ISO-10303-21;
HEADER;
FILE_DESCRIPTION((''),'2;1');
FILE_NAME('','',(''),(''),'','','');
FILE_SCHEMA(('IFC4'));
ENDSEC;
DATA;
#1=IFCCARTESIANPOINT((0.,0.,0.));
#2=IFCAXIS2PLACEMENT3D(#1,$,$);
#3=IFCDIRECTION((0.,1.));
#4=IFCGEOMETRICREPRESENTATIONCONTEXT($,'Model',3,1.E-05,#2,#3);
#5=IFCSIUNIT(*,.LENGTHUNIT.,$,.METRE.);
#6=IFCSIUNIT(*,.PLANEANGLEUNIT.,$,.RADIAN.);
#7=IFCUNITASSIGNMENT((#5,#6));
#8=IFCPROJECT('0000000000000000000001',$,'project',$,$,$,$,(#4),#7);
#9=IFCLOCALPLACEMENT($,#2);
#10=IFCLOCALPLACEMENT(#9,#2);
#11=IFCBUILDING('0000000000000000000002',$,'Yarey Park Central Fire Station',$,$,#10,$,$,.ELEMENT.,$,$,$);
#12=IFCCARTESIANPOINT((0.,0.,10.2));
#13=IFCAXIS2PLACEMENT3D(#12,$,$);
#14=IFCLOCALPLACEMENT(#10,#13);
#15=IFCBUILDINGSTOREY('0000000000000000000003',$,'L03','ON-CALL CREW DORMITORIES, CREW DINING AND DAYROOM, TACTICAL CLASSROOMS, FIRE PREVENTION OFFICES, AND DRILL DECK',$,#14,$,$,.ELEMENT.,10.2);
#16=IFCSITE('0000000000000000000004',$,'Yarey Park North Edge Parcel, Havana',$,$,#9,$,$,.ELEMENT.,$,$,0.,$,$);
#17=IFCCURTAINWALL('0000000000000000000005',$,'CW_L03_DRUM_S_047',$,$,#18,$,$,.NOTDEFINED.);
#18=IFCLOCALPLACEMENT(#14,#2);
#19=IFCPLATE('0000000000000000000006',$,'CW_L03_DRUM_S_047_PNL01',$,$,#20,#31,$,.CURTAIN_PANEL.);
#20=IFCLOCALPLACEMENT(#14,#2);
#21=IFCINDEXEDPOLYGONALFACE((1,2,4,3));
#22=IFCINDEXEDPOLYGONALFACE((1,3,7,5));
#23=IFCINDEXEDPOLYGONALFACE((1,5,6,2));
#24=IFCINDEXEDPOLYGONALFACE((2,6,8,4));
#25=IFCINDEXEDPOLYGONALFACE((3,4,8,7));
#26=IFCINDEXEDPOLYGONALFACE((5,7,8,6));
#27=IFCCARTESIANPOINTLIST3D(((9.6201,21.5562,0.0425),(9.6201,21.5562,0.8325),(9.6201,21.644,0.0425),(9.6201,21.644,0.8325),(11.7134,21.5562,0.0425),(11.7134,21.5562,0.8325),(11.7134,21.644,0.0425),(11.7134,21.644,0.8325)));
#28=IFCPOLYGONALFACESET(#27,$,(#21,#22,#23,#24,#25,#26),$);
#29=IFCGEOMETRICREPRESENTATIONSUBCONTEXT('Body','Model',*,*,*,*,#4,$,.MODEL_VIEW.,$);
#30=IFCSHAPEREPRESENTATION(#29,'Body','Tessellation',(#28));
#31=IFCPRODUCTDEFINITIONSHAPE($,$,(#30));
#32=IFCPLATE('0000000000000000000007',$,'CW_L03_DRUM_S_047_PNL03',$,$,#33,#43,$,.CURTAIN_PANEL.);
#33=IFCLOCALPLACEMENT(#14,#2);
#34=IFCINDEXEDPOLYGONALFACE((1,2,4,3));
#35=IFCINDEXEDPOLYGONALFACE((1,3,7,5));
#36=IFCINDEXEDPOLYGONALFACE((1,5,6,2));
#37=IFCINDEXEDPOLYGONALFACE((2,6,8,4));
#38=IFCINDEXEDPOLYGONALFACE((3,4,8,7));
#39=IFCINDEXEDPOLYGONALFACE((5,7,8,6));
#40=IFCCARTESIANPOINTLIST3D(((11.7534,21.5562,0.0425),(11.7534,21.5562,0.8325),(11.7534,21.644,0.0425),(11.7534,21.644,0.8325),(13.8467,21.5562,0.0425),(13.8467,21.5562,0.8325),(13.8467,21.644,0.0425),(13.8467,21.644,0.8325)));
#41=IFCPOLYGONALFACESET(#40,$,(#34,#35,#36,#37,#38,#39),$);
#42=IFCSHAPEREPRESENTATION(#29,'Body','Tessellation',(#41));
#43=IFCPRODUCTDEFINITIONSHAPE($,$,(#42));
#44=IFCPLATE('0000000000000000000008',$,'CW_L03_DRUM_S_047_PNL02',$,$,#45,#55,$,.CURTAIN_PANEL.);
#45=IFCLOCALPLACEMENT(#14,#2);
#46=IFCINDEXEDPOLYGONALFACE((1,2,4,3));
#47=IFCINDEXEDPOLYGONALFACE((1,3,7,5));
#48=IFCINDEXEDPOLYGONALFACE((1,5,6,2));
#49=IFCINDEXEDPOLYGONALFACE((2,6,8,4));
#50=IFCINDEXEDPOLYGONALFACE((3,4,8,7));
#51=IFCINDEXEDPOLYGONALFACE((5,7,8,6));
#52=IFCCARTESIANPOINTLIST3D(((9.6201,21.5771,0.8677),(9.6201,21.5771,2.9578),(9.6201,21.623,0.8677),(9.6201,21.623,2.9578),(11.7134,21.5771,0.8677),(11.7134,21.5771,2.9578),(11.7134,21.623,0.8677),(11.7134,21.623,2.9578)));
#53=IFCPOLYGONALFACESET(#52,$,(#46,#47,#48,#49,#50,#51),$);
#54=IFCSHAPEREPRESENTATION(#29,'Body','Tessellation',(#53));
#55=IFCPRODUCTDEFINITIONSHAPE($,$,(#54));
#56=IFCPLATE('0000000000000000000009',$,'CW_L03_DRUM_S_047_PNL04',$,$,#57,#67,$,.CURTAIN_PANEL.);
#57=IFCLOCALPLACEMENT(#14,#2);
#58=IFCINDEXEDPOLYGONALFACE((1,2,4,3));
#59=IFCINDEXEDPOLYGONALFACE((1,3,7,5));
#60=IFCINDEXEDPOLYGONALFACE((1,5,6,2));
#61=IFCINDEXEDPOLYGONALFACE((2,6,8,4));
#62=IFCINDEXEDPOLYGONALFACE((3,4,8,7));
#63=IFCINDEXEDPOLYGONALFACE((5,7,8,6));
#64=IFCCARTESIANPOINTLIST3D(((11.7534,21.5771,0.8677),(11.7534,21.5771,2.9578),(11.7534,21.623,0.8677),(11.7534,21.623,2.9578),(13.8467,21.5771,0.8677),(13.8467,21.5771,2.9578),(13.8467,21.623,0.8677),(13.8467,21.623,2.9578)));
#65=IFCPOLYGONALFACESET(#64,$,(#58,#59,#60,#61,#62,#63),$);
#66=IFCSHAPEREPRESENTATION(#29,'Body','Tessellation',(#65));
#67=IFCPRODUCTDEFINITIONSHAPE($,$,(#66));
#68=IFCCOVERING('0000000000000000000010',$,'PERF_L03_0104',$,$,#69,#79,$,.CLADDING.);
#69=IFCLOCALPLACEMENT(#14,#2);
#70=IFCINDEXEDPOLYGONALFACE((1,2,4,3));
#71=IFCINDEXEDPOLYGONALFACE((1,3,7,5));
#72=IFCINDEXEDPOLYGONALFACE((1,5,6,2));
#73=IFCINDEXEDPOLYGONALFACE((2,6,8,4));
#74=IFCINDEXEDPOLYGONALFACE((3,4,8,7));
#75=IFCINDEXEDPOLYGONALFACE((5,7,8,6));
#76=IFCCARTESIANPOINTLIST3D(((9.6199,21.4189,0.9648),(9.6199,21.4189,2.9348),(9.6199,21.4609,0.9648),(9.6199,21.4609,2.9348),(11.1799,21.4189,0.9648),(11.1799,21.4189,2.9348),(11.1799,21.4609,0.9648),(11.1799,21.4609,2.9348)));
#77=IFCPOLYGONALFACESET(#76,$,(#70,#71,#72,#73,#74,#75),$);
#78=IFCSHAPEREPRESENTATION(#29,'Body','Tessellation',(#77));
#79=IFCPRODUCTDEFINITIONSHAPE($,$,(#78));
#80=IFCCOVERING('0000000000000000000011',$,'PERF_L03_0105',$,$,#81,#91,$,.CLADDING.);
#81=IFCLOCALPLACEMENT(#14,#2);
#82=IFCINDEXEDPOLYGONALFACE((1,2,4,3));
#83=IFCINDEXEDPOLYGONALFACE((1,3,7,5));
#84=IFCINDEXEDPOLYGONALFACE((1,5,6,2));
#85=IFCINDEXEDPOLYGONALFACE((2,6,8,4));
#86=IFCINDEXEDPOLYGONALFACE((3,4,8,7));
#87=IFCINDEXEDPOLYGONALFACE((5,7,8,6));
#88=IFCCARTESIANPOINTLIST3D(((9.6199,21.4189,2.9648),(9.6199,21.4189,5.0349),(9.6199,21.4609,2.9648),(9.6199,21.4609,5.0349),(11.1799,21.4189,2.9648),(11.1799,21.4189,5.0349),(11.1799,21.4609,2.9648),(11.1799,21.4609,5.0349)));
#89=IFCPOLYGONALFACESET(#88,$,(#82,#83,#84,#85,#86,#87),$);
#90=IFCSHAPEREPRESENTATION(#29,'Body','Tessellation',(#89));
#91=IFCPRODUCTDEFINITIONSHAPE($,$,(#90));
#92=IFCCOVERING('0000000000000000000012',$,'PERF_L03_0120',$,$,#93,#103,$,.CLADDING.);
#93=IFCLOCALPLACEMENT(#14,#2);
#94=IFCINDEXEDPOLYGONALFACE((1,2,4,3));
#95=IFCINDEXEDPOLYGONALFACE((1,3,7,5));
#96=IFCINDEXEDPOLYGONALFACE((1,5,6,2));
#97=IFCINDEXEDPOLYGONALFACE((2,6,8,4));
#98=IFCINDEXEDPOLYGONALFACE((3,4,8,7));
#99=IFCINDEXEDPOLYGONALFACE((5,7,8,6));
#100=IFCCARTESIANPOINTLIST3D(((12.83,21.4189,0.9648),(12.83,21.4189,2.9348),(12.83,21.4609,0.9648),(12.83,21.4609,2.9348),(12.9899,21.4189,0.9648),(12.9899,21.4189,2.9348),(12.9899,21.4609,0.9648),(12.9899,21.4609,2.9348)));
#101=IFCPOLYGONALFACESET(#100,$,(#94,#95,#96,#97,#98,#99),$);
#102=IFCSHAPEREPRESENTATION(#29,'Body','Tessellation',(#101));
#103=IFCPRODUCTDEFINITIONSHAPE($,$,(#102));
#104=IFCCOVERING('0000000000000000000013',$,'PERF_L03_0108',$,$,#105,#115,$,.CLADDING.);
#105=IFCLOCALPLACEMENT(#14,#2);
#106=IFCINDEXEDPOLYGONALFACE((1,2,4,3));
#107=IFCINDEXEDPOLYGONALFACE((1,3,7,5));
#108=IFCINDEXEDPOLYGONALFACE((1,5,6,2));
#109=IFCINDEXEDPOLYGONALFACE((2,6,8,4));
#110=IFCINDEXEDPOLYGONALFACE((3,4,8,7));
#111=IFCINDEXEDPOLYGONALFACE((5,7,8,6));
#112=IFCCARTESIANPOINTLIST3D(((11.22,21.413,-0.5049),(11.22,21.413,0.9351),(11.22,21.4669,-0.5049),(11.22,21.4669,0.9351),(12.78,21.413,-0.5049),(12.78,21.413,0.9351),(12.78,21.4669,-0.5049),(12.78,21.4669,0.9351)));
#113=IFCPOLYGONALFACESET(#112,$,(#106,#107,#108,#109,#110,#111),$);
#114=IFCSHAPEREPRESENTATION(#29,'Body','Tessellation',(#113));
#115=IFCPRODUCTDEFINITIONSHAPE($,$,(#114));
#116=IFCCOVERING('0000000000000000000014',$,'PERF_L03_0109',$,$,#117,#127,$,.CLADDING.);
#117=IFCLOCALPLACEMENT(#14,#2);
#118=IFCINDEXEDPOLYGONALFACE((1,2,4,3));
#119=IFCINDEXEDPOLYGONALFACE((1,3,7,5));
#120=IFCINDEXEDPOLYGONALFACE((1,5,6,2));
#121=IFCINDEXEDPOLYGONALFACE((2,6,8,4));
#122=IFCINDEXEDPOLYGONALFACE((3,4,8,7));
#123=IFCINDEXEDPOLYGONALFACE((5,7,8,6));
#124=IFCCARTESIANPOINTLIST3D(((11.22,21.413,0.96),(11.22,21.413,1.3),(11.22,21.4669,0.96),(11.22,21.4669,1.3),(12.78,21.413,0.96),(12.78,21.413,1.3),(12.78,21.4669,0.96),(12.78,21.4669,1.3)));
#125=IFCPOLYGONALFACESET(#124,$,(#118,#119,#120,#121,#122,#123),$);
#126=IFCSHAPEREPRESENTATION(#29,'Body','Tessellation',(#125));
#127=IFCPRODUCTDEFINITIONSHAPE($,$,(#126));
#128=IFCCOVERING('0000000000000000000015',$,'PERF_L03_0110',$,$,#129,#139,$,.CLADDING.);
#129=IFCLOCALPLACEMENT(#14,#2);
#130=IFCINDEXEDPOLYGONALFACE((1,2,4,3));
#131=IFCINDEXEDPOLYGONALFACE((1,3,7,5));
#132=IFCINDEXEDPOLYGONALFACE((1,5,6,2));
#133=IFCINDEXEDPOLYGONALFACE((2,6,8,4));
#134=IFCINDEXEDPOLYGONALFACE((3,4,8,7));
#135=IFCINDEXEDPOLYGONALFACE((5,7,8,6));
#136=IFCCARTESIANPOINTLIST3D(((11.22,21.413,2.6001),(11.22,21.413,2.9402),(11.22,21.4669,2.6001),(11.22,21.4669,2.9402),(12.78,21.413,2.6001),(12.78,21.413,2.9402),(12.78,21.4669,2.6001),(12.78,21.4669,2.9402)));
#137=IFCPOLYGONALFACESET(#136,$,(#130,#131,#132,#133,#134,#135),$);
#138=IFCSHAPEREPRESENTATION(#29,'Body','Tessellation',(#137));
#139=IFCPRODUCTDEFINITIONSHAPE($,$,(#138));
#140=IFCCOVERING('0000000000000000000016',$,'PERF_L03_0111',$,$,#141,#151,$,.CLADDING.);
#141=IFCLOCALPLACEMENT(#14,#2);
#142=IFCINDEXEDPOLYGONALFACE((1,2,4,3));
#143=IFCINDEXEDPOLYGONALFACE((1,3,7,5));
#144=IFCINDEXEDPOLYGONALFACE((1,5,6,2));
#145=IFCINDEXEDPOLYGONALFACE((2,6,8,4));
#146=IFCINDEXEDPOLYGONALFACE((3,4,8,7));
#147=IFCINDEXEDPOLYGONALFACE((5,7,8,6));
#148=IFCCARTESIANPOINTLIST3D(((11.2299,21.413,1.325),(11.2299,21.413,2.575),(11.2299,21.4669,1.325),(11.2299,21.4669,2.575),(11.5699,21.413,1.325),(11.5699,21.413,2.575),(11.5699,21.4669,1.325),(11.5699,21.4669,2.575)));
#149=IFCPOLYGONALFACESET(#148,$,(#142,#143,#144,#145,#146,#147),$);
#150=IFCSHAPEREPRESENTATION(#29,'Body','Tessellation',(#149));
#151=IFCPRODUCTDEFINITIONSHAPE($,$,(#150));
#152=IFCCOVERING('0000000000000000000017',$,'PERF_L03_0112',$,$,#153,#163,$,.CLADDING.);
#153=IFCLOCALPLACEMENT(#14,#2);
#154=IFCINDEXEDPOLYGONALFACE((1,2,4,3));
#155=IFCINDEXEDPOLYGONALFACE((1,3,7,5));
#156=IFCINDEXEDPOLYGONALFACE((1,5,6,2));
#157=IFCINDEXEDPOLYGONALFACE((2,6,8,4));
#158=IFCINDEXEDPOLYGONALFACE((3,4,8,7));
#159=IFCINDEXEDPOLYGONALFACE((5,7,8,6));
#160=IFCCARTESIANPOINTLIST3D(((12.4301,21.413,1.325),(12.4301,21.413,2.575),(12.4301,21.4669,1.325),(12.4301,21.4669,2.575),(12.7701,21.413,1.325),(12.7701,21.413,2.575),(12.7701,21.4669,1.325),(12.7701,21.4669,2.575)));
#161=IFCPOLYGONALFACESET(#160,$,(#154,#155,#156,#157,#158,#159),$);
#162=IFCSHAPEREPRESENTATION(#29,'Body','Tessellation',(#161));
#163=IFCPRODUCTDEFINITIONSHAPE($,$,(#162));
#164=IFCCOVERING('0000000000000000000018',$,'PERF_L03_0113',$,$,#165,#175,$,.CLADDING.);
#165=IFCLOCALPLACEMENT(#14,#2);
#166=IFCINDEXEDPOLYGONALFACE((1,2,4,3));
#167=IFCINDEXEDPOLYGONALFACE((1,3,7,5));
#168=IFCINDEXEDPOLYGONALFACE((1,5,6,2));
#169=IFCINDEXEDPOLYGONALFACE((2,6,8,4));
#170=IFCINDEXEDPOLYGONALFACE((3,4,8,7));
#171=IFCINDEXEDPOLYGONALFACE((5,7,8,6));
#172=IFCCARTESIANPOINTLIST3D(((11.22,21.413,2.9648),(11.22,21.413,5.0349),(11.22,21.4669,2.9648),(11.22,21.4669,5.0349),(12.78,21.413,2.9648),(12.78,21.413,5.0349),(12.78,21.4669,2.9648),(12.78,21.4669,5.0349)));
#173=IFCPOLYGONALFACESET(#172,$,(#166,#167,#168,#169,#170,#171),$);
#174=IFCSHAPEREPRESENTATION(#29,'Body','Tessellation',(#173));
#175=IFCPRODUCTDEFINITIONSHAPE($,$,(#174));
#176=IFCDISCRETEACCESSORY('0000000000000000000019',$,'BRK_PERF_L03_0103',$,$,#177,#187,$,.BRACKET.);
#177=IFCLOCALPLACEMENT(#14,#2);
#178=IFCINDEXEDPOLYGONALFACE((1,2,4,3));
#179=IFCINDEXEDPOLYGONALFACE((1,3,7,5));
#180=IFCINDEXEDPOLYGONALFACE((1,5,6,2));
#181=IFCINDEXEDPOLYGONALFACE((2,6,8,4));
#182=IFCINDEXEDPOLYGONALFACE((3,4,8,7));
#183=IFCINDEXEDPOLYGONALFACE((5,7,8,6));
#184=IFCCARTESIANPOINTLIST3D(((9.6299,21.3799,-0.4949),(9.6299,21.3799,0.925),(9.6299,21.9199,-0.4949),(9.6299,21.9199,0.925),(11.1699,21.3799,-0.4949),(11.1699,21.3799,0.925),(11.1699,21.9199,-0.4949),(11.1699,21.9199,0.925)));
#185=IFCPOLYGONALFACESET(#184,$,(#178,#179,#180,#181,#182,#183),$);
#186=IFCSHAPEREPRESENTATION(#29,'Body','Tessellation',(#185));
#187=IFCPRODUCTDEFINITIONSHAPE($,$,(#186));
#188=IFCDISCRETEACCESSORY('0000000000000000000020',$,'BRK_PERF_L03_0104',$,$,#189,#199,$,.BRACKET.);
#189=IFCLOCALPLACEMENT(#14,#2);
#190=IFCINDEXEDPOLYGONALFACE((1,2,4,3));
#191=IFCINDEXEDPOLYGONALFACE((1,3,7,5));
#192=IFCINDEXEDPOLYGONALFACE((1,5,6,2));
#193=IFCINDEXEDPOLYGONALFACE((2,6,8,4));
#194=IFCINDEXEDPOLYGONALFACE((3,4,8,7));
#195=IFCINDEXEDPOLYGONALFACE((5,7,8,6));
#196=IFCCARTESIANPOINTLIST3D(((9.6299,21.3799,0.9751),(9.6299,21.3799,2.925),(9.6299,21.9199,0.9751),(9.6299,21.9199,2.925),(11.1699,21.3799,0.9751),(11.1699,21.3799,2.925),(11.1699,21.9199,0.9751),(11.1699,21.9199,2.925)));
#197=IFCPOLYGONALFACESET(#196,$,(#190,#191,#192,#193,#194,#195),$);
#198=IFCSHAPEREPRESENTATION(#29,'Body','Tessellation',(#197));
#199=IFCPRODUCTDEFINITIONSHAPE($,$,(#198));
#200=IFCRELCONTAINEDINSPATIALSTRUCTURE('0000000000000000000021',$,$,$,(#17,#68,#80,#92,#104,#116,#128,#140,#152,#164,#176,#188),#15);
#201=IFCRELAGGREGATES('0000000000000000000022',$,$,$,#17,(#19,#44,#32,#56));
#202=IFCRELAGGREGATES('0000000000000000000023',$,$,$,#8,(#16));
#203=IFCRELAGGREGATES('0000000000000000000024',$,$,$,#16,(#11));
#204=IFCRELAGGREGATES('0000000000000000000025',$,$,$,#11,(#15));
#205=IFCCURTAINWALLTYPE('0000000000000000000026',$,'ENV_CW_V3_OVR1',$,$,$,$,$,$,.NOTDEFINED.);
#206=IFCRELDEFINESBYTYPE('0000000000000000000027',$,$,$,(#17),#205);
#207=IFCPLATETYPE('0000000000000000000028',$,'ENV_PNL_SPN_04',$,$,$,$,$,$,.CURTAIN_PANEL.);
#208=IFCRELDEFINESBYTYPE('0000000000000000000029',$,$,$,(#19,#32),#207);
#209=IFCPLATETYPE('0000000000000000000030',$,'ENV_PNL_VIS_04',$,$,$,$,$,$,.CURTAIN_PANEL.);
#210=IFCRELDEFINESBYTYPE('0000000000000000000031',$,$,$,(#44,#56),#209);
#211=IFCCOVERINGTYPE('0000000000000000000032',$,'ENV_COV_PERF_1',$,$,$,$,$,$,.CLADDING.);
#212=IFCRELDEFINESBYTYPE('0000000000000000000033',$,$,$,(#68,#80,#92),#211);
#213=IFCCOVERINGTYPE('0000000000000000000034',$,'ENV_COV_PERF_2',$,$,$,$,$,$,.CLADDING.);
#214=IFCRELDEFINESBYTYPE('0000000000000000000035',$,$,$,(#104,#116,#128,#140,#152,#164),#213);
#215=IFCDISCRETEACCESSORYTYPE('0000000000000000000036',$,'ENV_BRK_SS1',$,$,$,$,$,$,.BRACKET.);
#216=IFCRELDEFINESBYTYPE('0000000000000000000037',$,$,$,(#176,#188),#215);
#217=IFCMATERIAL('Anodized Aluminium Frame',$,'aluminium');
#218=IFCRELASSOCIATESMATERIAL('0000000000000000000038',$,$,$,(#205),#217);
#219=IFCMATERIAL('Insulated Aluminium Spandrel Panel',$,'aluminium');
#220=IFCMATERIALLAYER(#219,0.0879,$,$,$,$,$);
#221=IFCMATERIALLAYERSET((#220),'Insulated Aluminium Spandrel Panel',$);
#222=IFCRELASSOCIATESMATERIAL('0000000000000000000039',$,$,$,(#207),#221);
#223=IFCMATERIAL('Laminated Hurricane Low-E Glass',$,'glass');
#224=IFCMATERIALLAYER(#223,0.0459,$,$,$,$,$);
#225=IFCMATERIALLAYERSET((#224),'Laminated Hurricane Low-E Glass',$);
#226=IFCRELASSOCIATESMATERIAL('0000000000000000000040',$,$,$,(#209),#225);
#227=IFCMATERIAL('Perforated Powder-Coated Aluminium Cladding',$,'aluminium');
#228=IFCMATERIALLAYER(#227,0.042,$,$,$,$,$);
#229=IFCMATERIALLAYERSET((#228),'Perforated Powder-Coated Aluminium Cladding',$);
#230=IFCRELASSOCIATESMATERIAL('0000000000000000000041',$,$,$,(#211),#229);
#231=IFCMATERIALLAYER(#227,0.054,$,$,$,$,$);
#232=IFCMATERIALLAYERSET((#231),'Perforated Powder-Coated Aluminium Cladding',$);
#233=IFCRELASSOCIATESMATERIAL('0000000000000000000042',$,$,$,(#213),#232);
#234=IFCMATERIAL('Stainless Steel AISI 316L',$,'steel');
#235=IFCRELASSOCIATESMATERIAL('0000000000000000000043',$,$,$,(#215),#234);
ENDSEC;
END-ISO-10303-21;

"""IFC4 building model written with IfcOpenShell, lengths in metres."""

from ifc_helpers import new_model, si_unit, direction, frame, origin, origin_2d, place, context, subcontext, project, spatial, rectangle, extrude, material, layer, layer_set, type_object, element, aggregate, save


model = new_model("IFC4")

# Units and contexts
model_context = context("Model", 3, precision=1e-05, world=origin(), true_north=direction((0.0, 1.0)))
body_context = subcontext(model_context, "Body", "Model", "MODEL_VIEW")
ifc_project = project(units=[si_unit("LENGTHUNIT", "METRE"), si_unit("PLANEANGLEUNIT", "RADIAN")], contexts=[model_context])

# Site, building, storey
site_placement = place(None, origin())
site = spatial("IfcSite", under=ifc_project, at=site_placement, Name="Yarey Park North Edge Parcel, Havana", CompositionType="ELEMENT", RefElevation=0.0)
building_placement = place(site_placement, origin())
building = spatial("IfcBuilding", under=site, at=building_placement, Name="Yarey Park Central Fire Station", CompositionType="ELEMENT")
storey_placement = place(building_placement, frame((0.0, 0.0, 10.2)))
storey = spatial("IfcBuildingStorey", under=building, at=storey_placement, Name="L03", Description="ON-CALL CREW DORMITORIES, CREW DINING AND DAYROOM, TACTICAL CLASSROOMS, FIRE PREVENTION OFFICES, AND DRILL DECK", CompositionType="ELEMENT", Elevation=10.2)

# Curtain wall
ifc_material_1 = material(Name="Anodized Aluminium Frame", Category="aluminium")
curtain_wall_type = type_object("IfcCurtainWallType", Name="ENV_CW_V3_OVR1", PredefinedType="NOTDEFINED", material=ifc_material_1)
curtain_wall_1_placement = place(storey_placement, origin())
curtain_wall_1 = element("IfcCurtainWall", 1, at=curtain_wall_1_placement, inside=storey, type_object=curtain_wall_type, Name="CW_L03_DRUM_S_047", PredefinedType="NOTDEFINED")

# Plates
ifc_material_2 = material(Name="Insulated Aluminium Spandrel Panel", Category="aluminium")
ifc_layer_1 = layer(ifc_material_2, 0.0879)
ifc_layer_set_1 = layer_set([ifc_layer_1], Name="Insulated Aluminium Spandrel Panel")
plate_type_1 = type_object("IfcPlateType", Name="ENV_PNL_SPN_04", PredefinedType="CURTAIN_PANEL", material=ifc_layer_set_1)
plate_1_placement = place(storey_placement, frame((10.6667, 21.6001, 0.0425), z_axis=(0.0, 0.0, 1.0), x_axis=(1.0, 0.0, 0.0)))
plate_1 = element("IfcPlate", 2, at=plate_1_placement, type_object=plate_type_1, Name="CW_L03_DRUM_S_047_PNL01", PredefinedType="CURTAIN_PANEL", context=body_context, shape_type="SweptSolid", body=[
    extrude(rectangle(XDim=2.0933, YDim=0.0879, at=origin_2d()), origin(), (0.0, 0.0, 1.0), 0.79),
])
plate_2_placement = place(storey_placement, frame((12.8, 21.6001, 0.0425), z_axis=(0.0, 0.0, 1.0), x_axis=(1.0, 0.0, 0.0)))
plate_2 = element("IfcPlate", 3, at=plate_2_placement, type_object=plate_type_1, Name="CW_L03_DRUM_S_047_PNL03", PredefinedType="CURTAIN_PANEL", context=body_context, shape_type="SweptSolid", body=[
    extrude(rectangle(XDim=2.0933, YDim=0.0879, at=origin_2d()), origin(), (0.0, 0.0, 1.0), 0.79),
])
ifc_material_3 = material(Name="Laminated Hurricane Low-E Glass", Category="glass")
ifc_layer_2 = layer(ifc_material_3, 0.0459)
ifc_layer_set_2 = layer_set([ifc_layer_2], Name="Laminated Hurricane Low-E Glass")
plate_type_2 = type_object("IfcPlateType", Name="ENV_PNL_VIS_04", PredefinedType="CURTAIN_PANEL", material=ifc_layer_set_2)
plate_3_placement = place(storey_placement, frame((10.6667, 21.6001, 0.8677), z_axis=(0.0, 0.0, 1.0), x_axis=(1.0, 0.0, 0.0)))
plate_3 = element("IfcPlate", 4, at=plate_3_placement, type_object=plate_type_2, Name="CW_L03_DRUM_S_047_PNL02", PredefinedType="CURTAIN_PANEL", context=body_context, shape_type="SweptSolid", body=[
    extrude(rectangle(XDim=2.0933, YDim=0.0459, at=origin_2d()), origin(), (0.0, 0.0, 1.0), 2.0901),
])
plate_4_placement = place(storey_placement, frame((12.8, 21.6001, 0.8677), z_axis=(0.0, 0.0, 1.0), x_axis=(1.0, 0.0, 0.0)))
plate_4 = element("IfcPlate", 5, at=plate_4_placement, type_object=plate_type_2, Name="CW_L03_DRUM_S_047_PNL04", PredefinedType="CURTAIN_PANEL", context=body_context, shape_type="SweptSolid", body=[
    extrude(rectangle(XDim=2.0933, YDim=0.0459, at=origin_2d()), origin(), (0.0, 0.0, 1.0), 2.0901),
])
aggregate(curtain_wall_1, [plate_1, plate_3, plate_2, plate_4])

# Coverings
ifc_material_4 = material(Name="Perforated Powder-Coated Aluminium Cladding", Category="aluminium")
ifc_layer_3 = layer(ifc_material_4, 0.042)
ifc_layer_set_3 = layer_set([ifc_layer_3], Name="Perforated Powder-Coated Aluminium Cladding")
covering_type_1 = type_object("IfcCoveringType", Name="ENV_COV_PERF_1", PredefinedType="CLADDING", material=ifc_layer_set_3)
covering_1_placement = place(storey_placement, frame((10.3999, 21.4399, 0.9648), z_axis=(0.0, 0.0, 1.0), x_axis=(1.0, 0.0, 0.0)))
element("IfcCovering", 6, at=covering_1_placement, inside=storey, type_object=covering_type_1, Name="PERF_L03_0104", PredefinedType="CLADDING", context=body_context, shape_type="SweptSolid", body=[
    extrude(rectangle(XDim=1.5601, YDim=0.042, at=origin_2d()), origin(), (0.0, 0.0, 1.0), 1.97),
])
covering_2_placement = place(storey_placement, frame((10.3999, 21.4399, 2.9648), z_axis=(0.0, 0.0, 1.0), x_axis=(1.0, 0.0, 0.0)))
element("IfcCovering", 7, at=covering_2_placement, inside=storey, type_object=covering_type_1, Name="PERF_L03_0105", PredefinedType="CLADDING", context=body_context, shape_type="SweptSolid", body=[
    extrude(rectangle(XDim=1.5601, YDim=0.042, at=origin_2d()), origin(), (0.0, 0.0, 1.0), 2.0701),
])
covering_3_placement = place(storey_placement, frame((12.9099, 21.4399, 0.9648), z_axis=(0.0, 0.0, 1.0), x_axis=(1.0, 0.0, 0.0)))
element("IfcCovering", 8, at=covering_3_placement, inside=storey, type_object=covering_type_1, Name="PERF_L03_0120", PredefinedType="CLADDING", context=body_context, shape_type="SweptSolid", body=[
    extrude(rectangle(XDim=0.1599, YDim=0.042, at=origin_2d()), origin(), (0.0, 0.0, 1.0), 1.97),
])
ifc_layer_4 = layer(ifc_material_4, 0.054)
ifc_layer_set_4 = layer_set([ifc_layer_4], Name="Perforated Powder-Coated Aluminium Cladding")
covering_type_2 = type_object("IfcCoveringType", Name="ENV_COV_PERF_2", PredefinedType="CLADDING", material=ifc_layer_set_4)
covering_4_placement = place(storey_placement, frame((12.0, 21.4399, -0.5049), z_axis=(0.0, 0.0, 1.0), x_axis=(1.0, 0.0, 0.0)))
element("IfcCovering", 9, at=covering_4_placement, inside=storey, type_object=covering_type_2, Name="PERF_L03_0108", PredefinedType="CLADDING", context=body_context, shape_type="SweptSolid", body=[
    extrude(rectangle(XDim=1.5601, YDim=0.054, at=origin_2d()), origin(), (0.0, 0.0, 1.0), 1.4399),
])
for number, where, z_axis, x_axis, name in (
    (10, (12.0, 21.4399, 0.96), (0.0, 0.0, 1.0), (1.0, 0.0, 0.0), "PERF_L03_0109"),
    (11, (12.0, 21.4399, 2.6001), (0.0, 0.0, 1.0), (1.0, 0.0, 0.0), "PERF_L03_0110"),
):
    element("IfcCovering", number, at=place(storey_placement, frame(where, z_axis=z_axis, x_axis=x_axis)), inside=storey, type_object=covering_type_2, Name=name, PredefinedType="CLADDING", context=body_context, shape_type="SweptSolid", body=[
        extrude(rectangle(XDim=1.5601, YDim=0.054, at=origin_2d()), origin(), (0.0, 0.0, 1.0), 0.3401),
    ])
for number, where, z_axis, x_axis, name in (
    (12, (11.3999, 21.4399, 1.325), (0.0, 0.0, 1.0), (1.0, 0.0, 0.0), "PERF_L03_0111"),
    (13, (12.6001, 21.4399, 1.325), (0.0, 0.0, 1.0), (1.0, 0.0, 0.0), "PERF_L03_0112"),
):
    element("IfcCovering", number, at=place(storey_placement, frame(where, z_axis=z_axis, x_axis=x_axis)), inside=storey, type_object=covering_type_2, Name=name, PredefinedType="CLADDING", context=body_context, shape_type="SweptSolid", body=[
        extrude(rectangle(XDim=0.3401, YDim=0.054, at=origin_2d()), origin(), (0.0, 0.0, 1.0), 1.25),
    ])
covering_5_placement = place(storey_placement, frame((12.0, 21.4399, 2.9648), z_axis=(0.0, 0.0, 1.0), x_axis=(1.0, 0.0, 0.0)))
element("IfcCovering", 14, at=covering_5_placement, inside=storey, type_object=covering_type_2, Name="PERF_L03_0113", PredefinedType="CLADDING", context=body_context, shape_type="SweptSolid", body=[
    extrude(rectangle(XDim=1.5601, YDim=0.054, at=origin_2d()), origin(), (0.0, 0.0, 1.0), 2.0701),
])

# Discrete accessories
ifc_material_5 = material(Name="Stainless Steel AISI 316L", Category="steel")
discrete_accessory_type = type_object("IfcDiscreteAccessoryType", Name="ENV_BRK_SS1", PredefinedType="BRACKET", material=ifc_material_5)
discrete_accessory_1_placement = place(storey_placement, frame((10.3999, 21.6499, -0.4949), z_axis=(0.0, 0.0, 1.0), x_axis=(1.0, 0.0, 0.0)))
element("IfcDiscreteAccessory", 15, at=discrete_accessory_1_placement, inside=storey, type_object=discrete_accessory_type, Name="BRK_PERF_L03_0103", PredefinedType="BRACKET", context=body_context, shape_type="SweptSolid", body=[
    extrude(rectangle(XDim=1.54, YDim=0.54, at=origin_2d()), origin(), (0.0, 0.0, 1.0), 1.4199),
])
discrete_accessory_2_placement = place(storey_placement, frame((10.3999, 21.6499, 0.9751), z_axis=(0.0, 0.0, 1.0), x_axis=(1.0, 0.0, 0.0)))
element("IfcDiscreteAccessory", 16, at=discrete_accessory_2_placement, inside=storey, type_object=discrete_accessory_type, Name="BRK_PERF_L03_0104", PredefinedType="BRACKET", context=body_context, shape_type="SweptSolid", body=[
    extrude(rectangle(XDim=1.54, YDim=0.54, at=origin_2d()), origin(), (0.0, 0.0, 1.0), 1.95),
])

save(model, "model.ifc")
